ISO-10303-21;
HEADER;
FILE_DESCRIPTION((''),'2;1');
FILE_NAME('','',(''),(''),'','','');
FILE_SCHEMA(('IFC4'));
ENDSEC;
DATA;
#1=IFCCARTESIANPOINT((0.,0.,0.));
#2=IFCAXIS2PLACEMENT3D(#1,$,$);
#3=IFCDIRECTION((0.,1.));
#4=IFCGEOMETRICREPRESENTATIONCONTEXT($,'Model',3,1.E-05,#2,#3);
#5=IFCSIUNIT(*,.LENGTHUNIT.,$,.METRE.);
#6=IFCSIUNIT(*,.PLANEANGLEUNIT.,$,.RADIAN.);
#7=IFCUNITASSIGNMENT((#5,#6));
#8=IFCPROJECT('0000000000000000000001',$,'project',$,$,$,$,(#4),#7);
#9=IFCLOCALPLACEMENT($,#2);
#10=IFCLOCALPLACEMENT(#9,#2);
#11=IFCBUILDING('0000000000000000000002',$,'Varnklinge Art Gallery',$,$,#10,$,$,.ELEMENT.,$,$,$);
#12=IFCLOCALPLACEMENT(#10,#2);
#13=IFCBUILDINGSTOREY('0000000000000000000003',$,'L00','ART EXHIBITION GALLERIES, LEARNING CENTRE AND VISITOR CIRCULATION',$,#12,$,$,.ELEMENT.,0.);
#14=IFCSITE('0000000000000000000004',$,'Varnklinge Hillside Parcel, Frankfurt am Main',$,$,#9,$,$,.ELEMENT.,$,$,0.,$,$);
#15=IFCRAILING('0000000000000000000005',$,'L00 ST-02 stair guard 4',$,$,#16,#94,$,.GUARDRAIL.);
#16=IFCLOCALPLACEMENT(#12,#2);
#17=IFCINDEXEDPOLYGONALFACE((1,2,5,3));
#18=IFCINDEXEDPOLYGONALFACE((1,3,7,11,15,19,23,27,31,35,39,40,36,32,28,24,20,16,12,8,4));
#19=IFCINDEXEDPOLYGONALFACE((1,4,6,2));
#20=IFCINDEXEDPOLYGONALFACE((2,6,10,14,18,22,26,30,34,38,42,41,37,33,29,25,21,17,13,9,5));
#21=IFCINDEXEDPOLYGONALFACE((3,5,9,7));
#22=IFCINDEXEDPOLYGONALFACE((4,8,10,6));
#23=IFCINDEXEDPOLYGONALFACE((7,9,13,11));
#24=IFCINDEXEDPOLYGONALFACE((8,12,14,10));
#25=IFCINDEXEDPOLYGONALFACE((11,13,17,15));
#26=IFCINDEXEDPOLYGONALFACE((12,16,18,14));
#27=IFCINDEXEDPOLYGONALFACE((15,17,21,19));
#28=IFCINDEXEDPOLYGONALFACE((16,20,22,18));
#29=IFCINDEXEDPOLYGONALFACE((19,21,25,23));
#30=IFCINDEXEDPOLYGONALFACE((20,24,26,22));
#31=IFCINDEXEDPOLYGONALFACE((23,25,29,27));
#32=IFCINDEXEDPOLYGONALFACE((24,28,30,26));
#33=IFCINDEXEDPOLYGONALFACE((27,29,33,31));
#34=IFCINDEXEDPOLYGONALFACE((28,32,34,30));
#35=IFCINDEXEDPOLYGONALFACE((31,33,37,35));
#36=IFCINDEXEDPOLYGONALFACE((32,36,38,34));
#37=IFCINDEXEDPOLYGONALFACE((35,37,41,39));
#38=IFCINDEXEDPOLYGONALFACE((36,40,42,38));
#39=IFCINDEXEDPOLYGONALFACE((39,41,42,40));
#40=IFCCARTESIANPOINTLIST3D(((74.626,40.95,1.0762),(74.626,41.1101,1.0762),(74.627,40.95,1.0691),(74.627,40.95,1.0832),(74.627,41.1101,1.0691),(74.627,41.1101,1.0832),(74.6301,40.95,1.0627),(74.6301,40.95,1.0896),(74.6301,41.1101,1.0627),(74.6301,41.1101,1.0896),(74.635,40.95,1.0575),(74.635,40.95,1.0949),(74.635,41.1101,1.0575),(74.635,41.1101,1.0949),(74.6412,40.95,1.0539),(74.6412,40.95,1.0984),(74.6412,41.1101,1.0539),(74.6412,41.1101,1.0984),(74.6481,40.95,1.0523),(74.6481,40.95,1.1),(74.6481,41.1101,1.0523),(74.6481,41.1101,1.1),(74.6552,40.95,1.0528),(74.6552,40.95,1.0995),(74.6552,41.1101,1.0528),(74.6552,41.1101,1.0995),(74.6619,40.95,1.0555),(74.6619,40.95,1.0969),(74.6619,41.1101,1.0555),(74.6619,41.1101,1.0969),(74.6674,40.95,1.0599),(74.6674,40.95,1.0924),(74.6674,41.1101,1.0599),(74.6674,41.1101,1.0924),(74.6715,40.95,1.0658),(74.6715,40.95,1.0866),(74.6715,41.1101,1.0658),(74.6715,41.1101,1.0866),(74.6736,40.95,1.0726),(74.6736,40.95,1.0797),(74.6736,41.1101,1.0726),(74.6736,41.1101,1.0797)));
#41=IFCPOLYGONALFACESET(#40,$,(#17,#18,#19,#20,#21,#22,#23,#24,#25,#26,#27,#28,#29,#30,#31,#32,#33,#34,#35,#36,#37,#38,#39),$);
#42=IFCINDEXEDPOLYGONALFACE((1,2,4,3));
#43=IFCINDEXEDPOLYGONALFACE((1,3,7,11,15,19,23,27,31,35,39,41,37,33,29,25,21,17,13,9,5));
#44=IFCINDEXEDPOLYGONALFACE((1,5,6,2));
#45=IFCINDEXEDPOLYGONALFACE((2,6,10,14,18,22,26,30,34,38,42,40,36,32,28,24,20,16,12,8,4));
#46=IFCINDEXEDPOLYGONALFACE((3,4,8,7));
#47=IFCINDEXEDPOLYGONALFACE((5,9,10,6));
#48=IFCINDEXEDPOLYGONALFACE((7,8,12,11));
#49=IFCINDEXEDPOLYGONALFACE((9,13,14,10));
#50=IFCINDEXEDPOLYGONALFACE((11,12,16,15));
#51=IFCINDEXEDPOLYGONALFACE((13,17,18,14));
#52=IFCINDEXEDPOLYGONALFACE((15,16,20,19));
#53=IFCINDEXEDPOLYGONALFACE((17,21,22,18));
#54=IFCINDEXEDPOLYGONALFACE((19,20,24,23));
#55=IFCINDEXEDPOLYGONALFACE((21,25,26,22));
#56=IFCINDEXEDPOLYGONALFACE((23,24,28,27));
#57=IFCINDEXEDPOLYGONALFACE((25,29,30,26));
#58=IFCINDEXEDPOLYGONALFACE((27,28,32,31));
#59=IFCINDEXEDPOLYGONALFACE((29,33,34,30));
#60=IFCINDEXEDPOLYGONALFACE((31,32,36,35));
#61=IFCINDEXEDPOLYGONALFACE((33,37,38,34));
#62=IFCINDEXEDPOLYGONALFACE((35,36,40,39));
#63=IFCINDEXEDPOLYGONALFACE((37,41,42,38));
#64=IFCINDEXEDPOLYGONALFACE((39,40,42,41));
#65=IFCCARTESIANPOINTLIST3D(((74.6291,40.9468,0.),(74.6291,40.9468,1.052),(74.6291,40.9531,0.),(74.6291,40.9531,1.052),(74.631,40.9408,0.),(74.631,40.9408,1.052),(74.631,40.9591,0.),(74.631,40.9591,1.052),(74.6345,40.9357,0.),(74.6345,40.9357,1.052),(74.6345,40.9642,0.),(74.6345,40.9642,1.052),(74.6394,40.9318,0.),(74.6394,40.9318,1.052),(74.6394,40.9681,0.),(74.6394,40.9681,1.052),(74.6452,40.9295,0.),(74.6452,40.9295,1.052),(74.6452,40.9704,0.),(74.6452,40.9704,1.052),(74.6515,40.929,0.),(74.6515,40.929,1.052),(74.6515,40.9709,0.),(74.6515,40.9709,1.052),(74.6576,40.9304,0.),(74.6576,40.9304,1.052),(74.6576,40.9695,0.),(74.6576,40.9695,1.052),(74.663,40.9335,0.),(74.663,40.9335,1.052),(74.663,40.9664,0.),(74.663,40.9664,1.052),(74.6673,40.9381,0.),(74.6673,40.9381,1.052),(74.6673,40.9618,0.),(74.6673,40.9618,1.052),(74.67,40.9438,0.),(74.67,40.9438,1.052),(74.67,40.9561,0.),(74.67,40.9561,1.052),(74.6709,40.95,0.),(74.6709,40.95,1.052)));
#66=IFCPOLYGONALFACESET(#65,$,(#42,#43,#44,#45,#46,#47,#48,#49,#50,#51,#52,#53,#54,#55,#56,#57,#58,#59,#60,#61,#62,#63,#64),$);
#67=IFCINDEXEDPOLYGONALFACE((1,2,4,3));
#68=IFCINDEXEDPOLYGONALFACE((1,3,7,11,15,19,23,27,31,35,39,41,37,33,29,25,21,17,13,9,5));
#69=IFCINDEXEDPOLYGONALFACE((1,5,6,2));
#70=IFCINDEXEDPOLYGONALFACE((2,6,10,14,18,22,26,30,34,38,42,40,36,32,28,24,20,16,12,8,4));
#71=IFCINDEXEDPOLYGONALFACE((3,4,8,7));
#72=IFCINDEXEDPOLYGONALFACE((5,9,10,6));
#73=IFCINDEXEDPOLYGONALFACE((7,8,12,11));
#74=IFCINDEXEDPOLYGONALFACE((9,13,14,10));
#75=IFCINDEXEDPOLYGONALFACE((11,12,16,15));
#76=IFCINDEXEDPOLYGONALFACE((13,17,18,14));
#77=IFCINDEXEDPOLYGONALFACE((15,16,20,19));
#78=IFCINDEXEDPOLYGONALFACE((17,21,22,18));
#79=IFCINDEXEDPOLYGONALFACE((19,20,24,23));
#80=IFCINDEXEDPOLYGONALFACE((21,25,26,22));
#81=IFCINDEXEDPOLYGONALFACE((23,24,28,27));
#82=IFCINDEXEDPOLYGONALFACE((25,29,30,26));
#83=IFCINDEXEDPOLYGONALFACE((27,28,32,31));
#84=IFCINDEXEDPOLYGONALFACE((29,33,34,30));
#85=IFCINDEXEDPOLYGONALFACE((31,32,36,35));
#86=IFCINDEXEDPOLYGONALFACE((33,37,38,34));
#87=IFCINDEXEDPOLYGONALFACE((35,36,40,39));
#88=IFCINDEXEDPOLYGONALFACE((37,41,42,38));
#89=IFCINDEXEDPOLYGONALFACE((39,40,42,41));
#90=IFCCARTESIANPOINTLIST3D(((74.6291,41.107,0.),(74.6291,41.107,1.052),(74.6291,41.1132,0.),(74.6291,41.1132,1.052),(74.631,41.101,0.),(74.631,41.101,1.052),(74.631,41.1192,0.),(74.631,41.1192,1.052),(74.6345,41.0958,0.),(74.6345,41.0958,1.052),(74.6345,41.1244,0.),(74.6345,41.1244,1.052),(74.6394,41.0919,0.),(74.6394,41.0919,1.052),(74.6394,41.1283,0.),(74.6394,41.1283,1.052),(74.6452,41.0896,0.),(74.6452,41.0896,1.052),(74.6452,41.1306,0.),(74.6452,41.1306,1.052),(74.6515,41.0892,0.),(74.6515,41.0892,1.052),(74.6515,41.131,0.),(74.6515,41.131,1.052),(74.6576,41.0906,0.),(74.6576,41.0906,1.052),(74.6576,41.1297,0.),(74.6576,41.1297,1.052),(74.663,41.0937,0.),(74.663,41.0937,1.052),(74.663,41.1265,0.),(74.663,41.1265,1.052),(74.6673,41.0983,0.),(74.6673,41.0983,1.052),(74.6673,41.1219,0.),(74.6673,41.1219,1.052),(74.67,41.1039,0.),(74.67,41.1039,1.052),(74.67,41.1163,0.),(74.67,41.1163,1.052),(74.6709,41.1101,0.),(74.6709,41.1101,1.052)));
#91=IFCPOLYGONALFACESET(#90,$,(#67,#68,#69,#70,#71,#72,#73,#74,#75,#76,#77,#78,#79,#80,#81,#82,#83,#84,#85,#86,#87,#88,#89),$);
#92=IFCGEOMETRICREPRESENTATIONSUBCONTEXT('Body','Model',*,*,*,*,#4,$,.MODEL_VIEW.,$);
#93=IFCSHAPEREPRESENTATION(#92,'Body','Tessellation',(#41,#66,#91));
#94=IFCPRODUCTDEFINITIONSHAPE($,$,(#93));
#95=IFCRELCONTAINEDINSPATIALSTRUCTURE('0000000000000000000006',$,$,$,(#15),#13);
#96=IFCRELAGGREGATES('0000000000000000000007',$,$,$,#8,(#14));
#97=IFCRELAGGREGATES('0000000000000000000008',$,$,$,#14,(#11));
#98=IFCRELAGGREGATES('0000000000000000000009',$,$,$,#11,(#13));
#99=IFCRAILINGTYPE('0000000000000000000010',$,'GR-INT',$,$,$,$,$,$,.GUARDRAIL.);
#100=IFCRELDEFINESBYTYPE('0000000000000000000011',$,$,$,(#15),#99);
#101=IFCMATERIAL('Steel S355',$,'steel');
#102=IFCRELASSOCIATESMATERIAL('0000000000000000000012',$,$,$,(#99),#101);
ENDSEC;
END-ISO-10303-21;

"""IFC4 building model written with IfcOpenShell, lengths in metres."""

from ifc_helpers import new_model, si_unit, direction, frame, origin, origin_2d, place, context, subcontext, project, spatial, circle, extrude, material, type_object, element, save


model = new_model("IFC4")

# Units and contexts
model_context = context("Model", 3, precision=1e-05, world=origin(), true_north=direction((0.0, 1.0)))
body_context = subcontext(model_context, "Body", "Model", "MODEL_VIEW")
ifc_project = project(units=[si_unit("LENGTHUNIT", "METRE"), si_unit("PLANEANGLEUNIT", "RADIAN")], contexts=[model_context])

# Site, building, storey
site_placement = place(None, origin())
site = spatial("IfcSite", under=ifc_project, at=site_placement, Name="Varnklinge Hillside Parcel, Frankfurt am Main", CompositionType="ELEMENT", RefElevation=0.0)
building_placement = place(site_placement, origin())
building = spatial("IfcBuilding", under=site, at=building_placement, Name="Varnklinge Art Gallery", CompositionType="ELEMENT")
storey_placement = place(building_placement, origin())
storey = spatial("IfcBuildingStorey", under=building, at=storey_placement, Name="L00", Description="ART EXHIBITION GALLERIES, LEARNING CENTRE AND VISITOR CIRCULATION", CompositionType="ELEMENT", Elevation=0.0)

# Railing
ifc_material_1 = material(Name="Steel S355", Category="steel")
railing_type_1 = type_object("IfcRailingType", Name="GR-INT", PredefinedType="GUARDRAIL", material=ifc_material_1)
railing_1_placement = place(storey_placement, frame((74.6499, 40.95, 0.0)))
element("IfcRailing", 1, at=railing_1_placement, inside=storey, type_object=railing_type_1, Name="L00 ST-02 stair guard 4", PredefinedType="GUARDRAIL", context=body_context, shape_type="SweptSolid", body=[
    extrude(circle(Radius=0.0239, at=origin_2d()), frame((0.0, 0.0, 1.0762), z_axis=(0.0, 1.0, 0.0), x_axis=(-1.0, 0.0, 0.0)), (0.0, 0.0, 1.0), 0.1602),
    extrude(circle(Radius=0.021, at=origin_2d()), origin(), (0.0, 0.0, 1.0), 1.052),
    extrude(circle(Radius=0.021, at=origin_2d()), frame((0.0, 0.1602, 0.0)), (0.0, 0.0, 1.0), 1.052),
])

save(model, "model.ifc")
